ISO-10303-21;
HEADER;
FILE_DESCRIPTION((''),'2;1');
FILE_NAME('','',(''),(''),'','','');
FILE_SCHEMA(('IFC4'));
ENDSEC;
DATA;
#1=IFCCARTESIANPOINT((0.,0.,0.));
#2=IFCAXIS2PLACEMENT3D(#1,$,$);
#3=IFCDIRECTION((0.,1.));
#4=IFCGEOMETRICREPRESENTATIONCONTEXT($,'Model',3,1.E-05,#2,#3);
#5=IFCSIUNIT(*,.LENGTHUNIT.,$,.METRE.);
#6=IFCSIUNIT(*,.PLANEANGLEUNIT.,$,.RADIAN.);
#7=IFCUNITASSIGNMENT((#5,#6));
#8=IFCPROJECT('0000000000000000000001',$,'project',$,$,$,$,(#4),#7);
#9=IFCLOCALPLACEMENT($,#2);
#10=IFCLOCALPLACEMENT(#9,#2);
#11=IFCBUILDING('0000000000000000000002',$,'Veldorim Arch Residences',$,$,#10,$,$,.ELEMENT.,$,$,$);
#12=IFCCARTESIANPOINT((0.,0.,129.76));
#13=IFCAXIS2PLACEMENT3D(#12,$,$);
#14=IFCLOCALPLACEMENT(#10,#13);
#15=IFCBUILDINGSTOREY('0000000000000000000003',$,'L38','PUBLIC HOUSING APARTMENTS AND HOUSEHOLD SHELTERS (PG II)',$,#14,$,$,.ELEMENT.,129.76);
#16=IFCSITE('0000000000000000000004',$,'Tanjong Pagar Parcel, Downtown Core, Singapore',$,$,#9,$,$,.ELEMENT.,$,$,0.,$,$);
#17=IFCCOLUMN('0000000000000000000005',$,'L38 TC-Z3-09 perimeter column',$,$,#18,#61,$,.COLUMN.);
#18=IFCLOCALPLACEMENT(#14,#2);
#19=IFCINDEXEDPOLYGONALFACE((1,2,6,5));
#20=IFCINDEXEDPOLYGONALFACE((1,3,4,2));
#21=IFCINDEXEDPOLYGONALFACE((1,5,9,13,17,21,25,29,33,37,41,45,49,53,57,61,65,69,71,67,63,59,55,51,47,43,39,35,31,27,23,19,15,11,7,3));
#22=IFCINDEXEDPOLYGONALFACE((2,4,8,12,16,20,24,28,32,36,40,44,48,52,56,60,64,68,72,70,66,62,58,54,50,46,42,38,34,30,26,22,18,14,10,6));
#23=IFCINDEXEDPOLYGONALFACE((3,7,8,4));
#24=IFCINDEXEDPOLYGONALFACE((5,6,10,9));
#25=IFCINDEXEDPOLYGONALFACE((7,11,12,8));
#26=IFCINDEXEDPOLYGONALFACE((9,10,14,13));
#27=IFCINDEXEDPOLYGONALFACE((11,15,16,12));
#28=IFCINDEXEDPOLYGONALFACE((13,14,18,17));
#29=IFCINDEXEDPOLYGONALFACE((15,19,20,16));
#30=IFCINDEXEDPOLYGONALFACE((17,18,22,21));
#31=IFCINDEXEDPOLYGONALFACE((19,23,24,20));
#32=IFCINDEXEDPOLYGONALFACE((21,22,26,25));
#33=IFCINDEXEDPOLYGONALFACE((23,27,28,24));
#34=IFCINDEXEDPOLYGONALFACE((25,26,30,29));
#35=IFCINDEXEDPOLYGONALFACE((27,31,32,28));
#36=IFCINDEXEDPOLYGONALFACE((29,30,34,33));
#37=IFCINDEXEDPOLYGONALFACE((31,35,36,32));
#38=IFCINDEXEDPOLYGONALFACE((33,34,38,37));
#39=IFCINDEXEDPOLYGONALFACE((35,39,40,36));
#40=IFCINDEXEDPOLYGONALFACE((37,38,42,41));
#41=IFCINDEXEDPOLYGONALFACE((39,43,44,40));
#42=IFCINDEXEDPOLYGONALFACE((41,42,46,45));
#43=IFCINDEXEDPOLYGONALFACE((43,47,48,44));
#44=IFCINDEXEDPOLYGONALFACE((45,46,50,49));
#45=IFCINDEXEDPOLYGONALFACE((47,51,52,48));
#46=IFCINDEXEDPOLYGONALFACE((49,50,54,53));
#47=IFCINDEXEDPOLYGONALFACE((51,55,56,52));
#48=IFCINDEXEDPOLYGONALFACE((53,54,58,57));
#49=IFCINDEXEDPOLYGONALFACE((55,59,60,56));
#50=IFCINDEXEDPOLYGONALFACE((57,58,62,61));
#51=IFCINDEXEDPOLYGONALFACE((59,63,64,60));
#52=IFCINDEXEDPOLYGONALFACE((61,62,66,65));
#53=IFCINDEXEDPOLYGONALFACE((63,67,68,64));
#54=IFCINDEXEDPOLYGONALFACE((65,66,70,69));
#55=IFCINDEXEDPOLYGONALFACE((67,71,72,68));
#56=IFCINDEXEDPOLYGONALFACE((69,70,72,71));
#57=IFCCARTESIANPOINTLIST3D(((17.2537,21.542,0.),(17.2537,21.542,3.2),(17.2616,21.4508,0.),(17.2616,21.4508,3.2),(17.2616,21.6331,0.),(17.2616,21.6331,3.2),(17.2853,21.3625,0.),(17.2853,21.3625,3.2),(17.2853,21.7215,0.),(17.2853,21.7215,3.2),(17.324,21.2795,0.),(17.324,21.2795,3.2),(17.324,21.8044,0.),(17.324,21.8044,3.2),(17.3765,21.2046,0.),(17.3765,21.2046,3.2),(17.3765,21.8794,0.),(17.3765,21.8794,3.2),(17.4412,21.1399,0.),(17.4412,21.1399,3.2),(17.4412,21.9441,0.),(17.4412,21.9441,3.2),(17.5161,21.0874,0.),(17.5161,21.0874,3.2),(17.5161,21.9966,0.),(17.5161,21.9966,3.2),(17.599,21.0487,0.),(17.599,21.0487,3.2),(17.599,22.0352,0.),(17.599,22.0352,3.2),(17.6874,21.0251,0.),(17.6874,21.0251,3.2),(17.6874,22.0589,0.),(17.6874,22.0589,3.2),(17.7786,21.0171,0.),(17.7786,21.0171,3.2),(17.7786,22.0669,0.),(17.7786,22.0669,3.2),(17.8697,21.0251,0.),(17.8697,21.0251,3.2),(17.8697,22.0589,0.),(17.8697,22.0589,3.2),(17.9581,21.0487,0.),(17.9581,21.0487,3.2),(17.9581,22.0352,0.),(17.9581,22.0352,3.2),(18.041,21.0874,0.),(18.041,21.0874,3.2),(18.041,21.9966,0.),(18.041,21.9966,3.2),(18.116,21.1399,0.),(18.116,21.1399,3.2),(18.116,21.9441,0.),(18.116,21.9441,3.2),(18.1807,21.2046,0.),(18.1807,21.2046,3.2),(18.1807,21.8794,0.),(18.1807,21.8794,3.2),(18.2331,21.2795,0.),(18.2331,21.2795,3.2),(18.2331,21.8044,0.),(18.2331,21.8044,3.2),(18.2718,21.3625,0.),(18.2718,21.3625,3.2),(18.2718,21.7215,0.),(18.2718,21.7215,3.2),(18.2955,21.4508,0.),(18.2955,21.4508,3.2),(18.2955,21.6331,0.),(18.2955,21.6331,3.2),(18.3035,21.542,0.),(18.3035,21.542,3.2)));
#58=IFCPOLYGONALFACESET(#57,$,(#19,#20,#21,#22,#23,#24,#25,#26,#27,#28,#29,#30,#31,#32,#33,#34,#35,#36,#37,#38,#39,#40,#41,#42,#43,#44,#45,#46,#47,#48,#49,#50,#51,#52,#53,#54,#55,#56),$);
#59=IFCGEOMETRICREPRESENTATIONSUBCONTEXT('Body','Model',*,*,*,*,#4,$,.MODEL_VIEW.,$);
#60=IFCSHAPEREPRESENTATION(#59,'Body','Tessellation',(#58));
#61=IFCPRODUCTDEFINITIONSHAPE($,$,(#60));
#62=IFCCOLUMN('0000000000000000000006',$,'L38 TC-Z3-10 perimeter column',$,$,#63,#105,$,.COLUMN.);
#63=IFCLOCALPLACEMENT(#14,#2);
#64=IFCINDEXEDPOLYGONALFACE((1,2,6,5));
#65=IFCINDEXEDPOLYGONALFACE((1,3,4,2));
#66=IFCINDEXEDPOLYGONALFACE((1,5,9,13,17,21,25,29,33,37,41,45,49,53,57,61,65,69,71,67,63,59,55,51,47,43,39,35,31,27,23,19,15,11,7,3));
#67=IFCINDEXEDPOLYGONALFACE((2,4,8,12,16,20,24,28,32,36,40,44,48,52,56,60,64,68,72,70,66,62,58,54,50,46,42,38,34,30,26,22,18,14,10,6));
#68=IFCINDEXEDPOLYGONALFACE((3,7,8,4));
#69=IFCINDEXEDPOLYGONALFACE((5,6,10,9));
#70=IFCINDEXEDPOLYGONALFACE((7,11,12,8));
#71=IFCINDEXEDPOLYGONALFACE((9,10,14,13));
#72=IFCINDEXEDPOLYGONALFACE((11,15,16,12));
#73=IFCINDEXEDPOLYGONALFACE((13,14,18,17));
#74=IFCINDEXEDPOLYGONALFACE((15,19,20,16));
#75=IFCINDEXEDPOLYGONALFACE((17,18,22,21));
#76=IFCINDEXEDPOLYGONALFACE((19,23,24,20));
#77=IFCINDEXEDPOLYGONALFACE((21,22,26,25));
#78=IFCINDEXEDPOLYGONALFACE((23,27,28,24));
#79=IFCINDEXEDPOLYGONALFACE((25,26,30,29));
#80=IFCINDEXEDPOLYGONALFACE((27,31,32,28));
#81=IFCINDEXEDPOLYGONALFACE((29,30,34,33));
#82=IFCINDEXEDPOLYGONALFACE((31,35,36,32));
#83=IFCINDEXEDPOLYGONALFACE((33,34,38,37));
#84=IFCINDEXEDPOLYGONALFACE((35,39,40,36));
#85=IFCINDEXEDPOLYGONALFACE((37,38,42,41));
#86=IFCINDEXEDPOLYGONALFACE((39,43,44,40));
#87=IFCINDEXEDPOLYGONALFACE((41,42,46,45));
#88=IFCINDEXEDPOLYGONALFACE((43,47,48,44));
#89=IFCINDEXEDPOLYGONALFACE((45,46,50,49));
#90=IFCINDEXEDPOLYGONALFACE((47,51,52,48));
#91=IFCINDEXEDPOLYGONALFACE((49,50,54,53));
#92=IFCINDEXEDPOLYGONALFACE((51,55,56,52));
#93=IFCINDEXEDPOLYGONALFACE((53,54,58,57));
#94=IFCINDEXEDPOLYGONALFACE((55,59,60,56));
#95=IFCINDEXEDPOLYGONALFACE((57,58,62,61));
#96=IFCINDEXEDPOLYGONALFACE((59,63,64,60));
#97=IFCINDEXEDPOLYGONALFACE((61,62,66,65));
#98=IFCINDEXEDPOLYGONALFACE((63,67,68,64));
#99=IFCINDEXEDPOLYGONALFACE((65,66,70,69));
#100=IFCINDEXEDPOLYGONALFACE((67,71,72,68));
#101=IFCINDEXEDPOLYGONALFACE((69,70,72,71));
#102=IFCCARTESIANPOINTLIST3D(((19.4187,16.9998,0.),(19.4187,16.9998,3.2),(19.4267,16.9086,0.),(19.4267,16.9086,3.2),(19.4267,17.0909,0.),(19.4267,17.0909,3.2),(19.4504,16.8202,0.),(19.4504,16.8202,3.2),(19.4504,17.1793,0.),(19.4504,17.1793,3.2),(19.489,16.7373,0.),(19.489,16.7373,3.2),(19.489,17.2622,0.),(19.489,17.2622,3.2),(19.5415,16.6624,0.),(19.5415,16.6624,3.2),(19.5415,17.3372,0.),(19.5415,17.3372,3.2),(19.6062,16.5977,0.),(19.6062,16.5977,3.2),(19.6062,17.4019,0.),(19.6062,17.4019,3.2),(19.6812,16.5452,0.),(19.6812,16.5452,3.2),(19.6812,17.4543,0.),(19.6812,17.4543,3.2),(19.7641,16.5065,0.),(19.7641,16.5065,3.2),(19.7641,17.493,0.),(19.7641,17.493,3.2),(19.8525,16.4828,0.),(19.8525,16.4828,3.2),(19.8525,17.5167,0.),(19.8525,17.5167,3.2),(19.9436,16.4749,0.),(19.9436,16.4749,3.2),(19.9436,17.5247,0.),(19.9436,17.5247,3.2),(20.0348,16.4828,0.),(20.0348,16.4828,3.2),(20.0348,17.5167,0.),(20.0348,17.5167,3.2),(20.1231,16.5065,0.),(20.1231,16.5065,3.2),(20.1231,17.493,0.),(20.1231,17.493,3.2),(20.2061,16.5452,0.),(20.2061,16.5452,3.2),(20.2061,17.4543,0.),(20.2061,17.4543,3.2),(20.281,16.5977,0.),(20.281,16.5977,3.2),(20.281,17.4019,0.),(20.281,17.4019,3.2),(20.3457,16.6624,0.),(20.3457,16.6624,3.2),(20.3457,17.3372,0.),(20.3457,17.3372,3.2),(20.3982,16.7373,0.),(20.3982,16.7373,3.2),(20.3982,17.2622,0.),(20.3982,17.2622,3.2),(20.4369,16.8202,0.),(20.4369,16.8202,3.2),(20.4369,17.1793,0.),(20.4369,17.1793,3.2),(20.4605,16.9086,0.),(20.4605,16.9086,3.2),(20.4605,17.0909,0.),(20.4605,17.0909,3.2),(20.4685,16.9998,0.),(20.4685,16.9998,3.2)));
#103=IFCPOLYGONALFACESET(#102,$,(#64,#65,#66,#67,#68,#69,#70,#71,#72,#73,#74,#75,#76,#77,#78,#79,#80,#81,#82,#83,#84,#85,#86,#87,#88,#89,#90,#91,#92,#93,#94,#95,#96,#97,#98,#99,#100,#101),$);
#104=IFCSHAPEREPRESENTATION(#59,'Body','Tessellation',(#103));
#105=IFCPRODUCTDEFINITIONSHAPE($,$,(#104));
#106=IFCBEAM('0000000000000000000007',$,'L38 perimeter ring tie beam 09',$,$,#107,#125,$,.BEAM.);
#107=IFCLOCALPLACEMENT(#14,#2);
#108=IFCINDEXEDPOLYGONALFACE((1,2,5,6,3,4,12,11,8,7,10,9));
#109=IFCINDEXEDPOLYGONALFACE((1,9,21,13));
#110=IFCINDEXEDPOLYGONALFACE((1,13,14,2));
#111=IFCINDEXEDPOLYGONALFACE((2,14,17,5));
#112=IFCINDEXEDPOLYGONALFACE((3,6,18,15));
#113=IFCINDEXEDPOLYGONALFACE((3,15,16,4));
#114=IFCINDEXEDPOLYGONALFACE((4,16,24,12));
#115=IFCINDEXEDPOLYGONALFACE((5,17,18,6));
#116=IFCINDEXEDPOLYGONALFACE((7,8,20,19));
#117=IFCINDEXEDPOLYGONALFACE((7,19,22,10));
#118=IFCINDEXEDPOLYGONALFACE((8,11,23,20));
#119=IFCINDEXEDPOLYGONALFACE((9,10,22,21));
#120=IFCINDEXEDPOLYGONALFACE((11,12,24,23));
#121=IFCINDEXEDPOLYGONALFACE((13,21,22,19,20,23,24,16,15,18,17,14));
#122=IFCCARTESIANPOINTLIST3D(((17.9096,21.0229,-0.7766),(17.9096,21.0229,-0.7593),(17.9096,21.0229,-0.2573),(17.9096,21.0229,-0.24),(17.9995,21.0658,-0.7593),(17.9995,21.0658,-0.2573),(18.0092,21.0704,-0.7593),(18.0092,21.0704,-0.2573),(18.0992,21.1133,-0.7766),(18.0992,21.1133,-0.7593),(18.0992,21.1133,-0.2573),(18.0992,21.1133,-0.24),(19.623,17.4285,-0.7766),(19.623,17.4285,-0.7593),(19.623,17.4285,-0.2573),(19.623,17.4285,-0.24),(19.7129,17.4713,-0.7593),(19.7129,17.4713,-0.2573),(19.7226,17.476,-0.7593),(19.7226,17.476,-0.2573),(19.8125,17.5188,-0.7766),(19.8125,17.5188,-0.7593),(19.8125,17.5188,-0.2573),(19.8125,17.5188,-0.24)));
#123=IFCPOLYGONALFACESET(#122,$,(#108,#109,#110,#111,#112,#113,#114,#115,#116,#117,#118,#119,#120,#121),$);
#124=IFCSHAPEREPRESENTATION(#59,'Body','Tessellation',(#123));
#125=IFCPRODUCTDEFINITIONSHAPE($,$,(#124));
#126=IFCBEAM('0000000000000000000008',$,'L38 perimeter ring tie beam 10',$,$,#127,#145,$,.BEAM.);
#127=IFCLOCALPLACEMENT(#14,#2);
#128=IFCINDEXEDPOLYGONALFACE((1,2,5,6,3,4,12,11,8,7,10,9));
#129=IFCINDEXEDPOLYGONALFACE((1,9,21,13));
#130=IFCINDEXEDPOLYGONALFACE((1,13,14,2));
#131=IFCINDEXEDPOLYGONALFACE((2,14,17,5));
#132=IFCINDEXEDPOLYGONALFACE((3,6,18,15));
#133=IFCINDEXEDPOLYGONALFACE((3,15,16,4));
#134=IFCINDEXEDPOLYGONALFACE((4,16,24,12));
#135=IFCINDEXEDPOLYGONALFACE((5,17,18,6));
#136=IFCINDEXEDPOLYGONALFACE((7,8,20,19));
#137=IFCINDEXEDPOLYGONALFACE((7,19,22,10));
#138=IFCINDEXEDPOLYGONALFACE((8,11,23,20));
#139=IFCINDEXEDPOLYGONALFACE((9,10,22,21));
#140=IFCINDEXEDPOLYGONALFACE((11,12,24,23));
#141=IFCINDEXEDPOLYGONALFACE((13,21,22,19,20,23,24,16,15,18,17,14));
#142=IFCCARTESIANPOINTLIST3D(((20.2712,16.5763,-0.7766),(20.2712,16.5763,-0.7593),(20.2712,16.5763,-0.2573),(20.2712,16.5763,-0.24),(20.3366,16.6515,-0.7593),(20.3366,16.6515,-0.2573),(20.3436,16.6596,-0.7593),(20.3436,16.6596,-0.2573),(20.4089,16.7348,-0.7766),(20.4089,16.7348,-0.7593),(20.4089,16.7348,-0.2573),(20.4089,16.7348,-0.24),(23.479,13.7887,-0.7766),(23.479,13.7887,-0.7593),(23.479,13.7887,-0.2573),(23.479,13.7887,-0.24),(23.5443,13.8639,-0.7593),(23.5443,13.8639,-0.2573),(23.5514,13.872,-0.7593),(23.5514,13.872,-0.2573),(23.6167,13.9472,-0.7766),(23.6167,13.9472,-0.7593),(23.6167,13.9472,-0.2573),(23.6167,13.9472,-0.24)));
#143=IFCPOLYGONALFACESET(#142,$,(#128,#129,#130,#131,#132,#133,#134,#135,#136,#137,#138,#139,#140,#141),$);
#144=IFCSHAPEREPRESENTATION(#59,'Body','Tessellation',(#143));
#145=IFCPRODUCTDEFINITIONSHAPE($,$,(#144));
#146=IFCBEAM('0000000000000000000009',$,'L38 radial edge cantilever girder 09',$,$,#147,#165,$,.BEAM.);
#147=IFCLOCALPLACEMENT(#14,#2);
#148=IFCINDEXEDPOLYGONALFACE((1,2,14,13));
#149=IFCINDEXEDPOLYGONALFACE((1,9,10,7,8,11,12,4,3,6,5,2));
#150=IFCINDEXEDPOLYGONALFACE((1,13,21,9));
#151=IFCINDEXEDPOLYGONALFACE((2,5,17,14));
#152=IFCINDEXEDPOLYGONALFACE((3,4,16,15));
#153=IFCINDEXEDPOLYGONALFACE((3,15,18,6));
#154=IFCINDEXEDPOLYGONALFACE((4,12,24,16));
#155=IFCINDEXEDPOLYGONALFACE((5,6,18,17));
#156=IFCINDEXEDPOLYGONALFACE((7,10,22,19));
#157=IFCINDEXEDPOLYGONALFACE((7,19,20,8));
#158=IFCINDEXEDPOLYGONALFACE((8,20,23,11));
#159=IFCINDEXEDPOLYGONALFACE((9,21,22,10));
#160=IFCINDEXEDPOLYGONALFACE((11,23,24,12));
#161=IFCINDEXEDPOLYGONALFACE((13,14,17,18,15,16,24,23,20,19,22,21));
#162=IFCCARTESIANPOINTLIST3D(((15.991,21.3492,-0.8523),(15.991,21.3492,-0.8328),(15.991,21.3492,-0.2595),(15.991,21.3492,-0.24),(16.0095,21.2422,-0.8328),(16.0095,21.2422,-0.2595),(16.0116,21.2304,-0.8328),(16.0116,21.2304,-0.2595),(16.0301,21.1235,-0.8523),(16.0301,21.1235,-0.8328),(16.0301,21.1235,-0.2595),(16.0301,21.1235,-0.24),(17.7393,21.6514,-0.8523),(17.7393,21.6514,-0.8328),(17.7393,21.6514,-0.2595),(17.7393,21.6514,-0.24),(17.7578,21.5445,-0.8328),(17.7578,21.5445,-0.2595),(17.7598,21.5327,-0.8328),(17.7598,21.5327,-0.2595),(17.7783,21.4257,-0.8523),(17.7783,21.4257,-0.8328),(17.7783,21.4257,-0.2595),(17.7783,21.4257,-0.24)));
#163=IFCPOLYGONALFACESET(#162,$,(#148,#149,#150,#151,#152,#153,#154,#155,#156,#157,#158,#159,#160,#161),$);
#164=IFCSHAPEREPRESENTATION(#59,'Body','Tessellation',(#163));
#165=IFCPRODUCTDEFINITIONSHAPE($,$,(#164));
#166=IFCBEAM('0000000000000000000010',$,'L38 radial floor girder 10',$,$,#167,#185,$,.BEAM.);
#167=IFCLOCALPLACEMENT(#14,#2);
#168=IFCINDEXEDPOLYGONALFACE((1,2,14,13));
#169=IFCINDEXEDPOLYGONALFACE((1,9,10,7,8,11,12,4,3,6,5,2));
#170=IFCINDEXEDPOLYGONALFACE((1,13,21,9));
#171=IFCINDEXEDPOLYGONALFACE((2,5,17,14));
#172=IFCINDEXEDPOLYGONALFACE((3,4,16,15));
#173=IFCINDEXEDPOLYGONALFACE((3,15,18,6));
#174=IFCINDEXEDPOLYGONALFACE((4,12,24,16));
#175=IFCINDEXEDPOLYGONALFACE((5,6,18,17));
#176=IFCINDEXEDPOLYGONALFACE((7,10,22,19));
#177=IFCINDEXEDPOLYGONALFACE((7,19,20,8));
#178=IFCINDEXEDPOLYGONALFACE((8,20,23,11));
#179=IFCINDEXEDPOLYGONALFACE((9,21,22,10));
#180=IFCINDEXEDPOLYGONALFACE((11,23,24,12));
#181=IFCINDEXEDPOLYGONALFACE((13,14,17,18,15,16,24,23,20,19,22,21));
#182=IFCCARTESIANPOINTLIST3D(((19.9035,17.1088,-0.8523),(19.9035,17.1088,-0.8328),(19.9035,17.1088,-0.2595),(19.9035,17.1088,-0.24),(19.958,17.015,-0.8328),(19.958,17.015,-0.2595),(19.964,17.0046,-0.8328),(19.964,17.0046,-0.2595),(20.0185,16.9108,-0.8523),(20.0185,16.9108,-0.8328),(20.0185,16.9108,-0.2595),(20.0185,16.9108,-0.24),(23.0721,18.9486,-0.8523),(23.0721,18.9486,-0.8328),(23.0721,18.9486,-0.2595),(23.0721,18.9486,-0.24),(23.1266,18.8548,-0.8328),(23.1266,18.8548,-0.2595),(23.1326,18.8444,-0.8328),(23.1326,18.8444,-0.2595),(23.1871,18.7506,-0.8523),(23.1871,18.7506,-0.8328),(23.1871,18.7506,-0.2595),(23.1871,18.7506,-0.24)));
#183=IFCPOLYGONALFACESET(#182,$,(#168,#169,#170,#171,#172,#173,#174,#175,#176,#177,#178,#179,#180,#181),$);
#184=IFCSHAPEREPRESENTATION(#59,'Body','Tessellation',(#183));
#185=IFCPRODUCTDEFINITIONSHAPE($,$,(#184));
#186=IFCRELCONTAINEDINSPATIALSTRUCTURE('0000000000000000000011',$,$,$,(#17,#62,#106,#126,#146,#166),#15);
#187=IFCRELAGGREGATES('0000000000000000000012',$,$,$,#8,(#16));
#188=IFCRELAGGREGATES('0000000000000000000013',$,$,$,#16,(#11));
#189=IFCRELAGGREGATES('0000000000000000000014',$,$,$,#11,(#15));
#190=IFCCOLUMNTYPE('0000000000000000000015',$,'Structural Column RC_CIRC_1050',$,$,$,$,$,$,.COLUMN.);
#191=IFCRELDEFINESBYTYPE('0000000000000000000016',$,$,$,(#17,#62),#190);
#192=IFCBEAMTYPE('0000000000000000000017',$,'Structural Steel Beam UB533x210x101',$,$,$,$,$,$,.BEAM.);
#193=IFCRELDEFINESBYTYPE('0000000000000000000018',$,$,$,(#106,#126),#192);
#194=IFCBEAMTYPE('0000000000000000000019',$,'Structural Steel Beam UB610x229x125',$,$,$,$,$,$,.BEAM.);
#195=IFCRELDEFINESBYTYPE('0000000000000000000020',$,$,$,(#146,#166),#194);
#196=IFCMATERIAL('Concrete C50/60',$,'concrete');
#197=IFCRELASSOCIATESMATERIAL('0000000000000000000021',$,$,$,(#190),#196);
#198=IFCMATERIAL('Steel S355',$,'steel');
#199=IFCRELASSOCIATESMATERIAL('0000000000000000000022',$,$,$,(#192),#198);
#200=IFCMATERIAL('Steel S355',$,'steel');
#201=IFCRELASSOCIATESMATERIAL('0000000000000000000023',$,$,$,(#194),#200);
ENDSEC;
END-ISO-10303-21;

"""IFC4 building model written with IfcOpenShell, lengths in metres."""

from ifc_helpers import new_model, si_unit, direction, frame, origin, origin_2d, place, context, subcontext, project, spatial, circle, i_section, extrude, material, material_profile, profile_set, type_object, element, save


model = new_model("IFC4")

# Units and contexts
model_context = context("Model", 3, precision=1e-05, world=origin(), true_north=direction((0.0, 1.0)))
body_context = subcontext(model_context, "Body", "Model", "MODEL_VIEW")
ifc_project = project(units=[si_unit("LENGTHUNIT", "METRE"), si_unit("PLANEANGLEUNIT", "RADIAN")], contexts=[model_context])

# Site, building, storey
site_placement = place(None, origin())
site = spatial("IfcSite", under=ifc_project, at=site_placement, Name="Tanjong Pagar Parcel, Downtown Core, Singapore", CompositionType="ELEMENT", RefElevation=0.0)
building_placement = place(site_placement, origin())
building = spatial("IfcBuilding", under=site, at=building_placement, Name="Veldorim Arch Residences", CompositionType="ELEMENT")
storey_placement = place(building_placement, frame((0.0, 0.0, 129.76)))
storey = spatial("IfcBuildingStorey", under=building, at=storey_placement, Name="L38", Description="PUBLIC HOUSING APARTMENTS AND HOUSEHOLD SHELTERS (PG II)", CompositionType="ELEMENT", Elevation=129.76)

# Columns
ifc_material_1 = material(Name="Concrete C50/60", Category="concrete")
ifc_material_profile_1 = material_profile(ifc_material_1, circle(Radius=0.5249, at=origin_2d()), Name="RC_CIRC_1050")
ifc_profile_set_1 = profile_set([ifc_material_profile_1], Name="Concrete C50/60")
column_type = type_object("IfcColumnType", Name="Structural Column RC_CIRC_1050", PredefinedType="COLUMN", material=ifc_profile_set_1)
for number, where, z_axis, x_axis, name in (
    (1, (17.7786, 21.542, 0.0), (0.0, 0.0, 1.0), (1.0, 0.0, 0.0), "L38 TC-Z3-09 perimeter column"),
    (2, (19.9436, 16.9998, 0.0), (0.0, 0.0, 1.0), (1.0, 0.0, 0.0), "L38 TC-Z3-10 perimeter column"),
):
    element("IfcColumn", number, at=place(storey_placement, frame(where, z_axis=z_axis, x_axis=x_axis)), inside=storey, type_object=column_type, Name=name, PredefinedType="COLUMN", context=body_context, shape_type="SweptSolid", body=[
        extrude(circle(Radius=0.5249, at=origin_2d()), origin(), (0.0, 0.0, 1.0), 3.2),
    ])

# Beams
ifc_material_2 = material(Name="Steel S355", Category="steel")
ifc_material_profile_2 = material_profile(ifc_material_2, i_section(OverallWidth=0.21, OverallDepth=0.5366, WebThickness=0.0107, FlangeThickness=0.0173, at=origin_2d()), Name="UB533x210x101")
ifc_profile_set_2 = profile_set([ifc_material_profile_2], Name="Steel S355")
beam_type_1 = type_object("IfcBeamType", Name="Structural Steel Beam UB533x210x101", PredefinedType="BEAM", material=ifc_profile_set_2)
beam_1_placement = place(storey_placement, frame((18.0044, 21.0681, -0.5083), z_axis=(0.430286, -0.902693, 0.0), x_axis=(0.902693, 0.430286, 0.0)))
element("IfcBeam", 3, at=beam_1_placement, inside=storey, type_object=beam_type_1, Name="L38 perimeter ring tie beam 09", PredefinedType="BEAM", context=body_context, shape_type="SweptSolid", body=[
    extrude(i_section(OverallWidth=0.21, OverallDepth=0.5366, WebThickness=0.0107, FlangeThickness=0.0173, at=origin_2d()), origin(), (0.0, 0.0, 1.0), 3.9819),
])
beam_2_placement = place(storey_placement, frame((20.3401, 16.6555, -0.5083), z_axis=(0.754811, -0.655943, 0.0), x_axis=(0.655943, 0.754811, 0.0)))
element("IfcBeam", 4, at=beam_2_placement, inside=storey, type_object=beam_type_1, Name="L38 perimeter ring tie beam 10", PredefinedType="BEAM", context=body_context, shape_type="SweptSolid", body=[
    extrude(i_section(OverallWidth=0.21, OverallDepth=0.5366, WebThickness=0.0107, FlangeThickness=0.0173, at=origin_2d()), origin(), (0.0, 0.0, 1.0), 4.2498),
])
ifc_material_3 = material(Name="Steel S355", Category="steel")
ifc_material_profile_3 = material_profile(ifc_material_3, i_section(OverallWidth=0.229, OverallDepth=0.6123, WebThickness=0.012, FlangeThickness=0.0195, at=origin_2d()), Name="UB610x229x125")
ifc_profile_set_3 = profile_set([ifc_material_profile_3], Name="Steel S355")
beam_type_2 = type_object("IfcBeamType", Name="Structural Steel Beam UB610x229x125", PredefinedType="BEAM", material=ifc_profile_set_3)
beam_3_placement = place(storey_placement, frame((17.7588, 21.5386, -0.5461), z_axis=(-0.985383, -0.170354, 0.0), x_axis=(0.170354, -0.985383, 0.0)))
element("IfcBeam", 5, at=beam_3_placement, inside=storey, type_object=beam_type_2, Name="L38 radial edge cantilever girder 09", PredefinedType="BEAM", context=body_context, shape_type="SweptSolid", body=[
    extrude(i_section(OverallWidth=0.229, OverallDepth=0.6123, WebThickness=0.012, FlangeThickness=0.0195, at=origin_2d()), origin(), (0.0, 0.0, 1.0), 1.7742),
])
beam_4_placement = place(storey_placement, frame((23.1296, 18.8496, -0.5461), z_axis=(-0.864795, -0.502126, 0.0), x_axis=(0.502126, -0.864795, 0.0)))
element("IfcBeam", 6, at=beam_4_placement, inside=storey, type_object=beam_type_2, Name="L38 radial floor girder 10", PredefinedType="BEAM", context=body_context, shape_type="SweptSolid", body=[
    extrude(i_section(OverallWidth=0.229, OverallDepth=0.6123, WebThickness=0.012, FlangeThickness=0.0195, at=origin_2d()), origin(), (0.0, 0.0, 1.0), 3.6641),
])

save(model, "model.ifc")
